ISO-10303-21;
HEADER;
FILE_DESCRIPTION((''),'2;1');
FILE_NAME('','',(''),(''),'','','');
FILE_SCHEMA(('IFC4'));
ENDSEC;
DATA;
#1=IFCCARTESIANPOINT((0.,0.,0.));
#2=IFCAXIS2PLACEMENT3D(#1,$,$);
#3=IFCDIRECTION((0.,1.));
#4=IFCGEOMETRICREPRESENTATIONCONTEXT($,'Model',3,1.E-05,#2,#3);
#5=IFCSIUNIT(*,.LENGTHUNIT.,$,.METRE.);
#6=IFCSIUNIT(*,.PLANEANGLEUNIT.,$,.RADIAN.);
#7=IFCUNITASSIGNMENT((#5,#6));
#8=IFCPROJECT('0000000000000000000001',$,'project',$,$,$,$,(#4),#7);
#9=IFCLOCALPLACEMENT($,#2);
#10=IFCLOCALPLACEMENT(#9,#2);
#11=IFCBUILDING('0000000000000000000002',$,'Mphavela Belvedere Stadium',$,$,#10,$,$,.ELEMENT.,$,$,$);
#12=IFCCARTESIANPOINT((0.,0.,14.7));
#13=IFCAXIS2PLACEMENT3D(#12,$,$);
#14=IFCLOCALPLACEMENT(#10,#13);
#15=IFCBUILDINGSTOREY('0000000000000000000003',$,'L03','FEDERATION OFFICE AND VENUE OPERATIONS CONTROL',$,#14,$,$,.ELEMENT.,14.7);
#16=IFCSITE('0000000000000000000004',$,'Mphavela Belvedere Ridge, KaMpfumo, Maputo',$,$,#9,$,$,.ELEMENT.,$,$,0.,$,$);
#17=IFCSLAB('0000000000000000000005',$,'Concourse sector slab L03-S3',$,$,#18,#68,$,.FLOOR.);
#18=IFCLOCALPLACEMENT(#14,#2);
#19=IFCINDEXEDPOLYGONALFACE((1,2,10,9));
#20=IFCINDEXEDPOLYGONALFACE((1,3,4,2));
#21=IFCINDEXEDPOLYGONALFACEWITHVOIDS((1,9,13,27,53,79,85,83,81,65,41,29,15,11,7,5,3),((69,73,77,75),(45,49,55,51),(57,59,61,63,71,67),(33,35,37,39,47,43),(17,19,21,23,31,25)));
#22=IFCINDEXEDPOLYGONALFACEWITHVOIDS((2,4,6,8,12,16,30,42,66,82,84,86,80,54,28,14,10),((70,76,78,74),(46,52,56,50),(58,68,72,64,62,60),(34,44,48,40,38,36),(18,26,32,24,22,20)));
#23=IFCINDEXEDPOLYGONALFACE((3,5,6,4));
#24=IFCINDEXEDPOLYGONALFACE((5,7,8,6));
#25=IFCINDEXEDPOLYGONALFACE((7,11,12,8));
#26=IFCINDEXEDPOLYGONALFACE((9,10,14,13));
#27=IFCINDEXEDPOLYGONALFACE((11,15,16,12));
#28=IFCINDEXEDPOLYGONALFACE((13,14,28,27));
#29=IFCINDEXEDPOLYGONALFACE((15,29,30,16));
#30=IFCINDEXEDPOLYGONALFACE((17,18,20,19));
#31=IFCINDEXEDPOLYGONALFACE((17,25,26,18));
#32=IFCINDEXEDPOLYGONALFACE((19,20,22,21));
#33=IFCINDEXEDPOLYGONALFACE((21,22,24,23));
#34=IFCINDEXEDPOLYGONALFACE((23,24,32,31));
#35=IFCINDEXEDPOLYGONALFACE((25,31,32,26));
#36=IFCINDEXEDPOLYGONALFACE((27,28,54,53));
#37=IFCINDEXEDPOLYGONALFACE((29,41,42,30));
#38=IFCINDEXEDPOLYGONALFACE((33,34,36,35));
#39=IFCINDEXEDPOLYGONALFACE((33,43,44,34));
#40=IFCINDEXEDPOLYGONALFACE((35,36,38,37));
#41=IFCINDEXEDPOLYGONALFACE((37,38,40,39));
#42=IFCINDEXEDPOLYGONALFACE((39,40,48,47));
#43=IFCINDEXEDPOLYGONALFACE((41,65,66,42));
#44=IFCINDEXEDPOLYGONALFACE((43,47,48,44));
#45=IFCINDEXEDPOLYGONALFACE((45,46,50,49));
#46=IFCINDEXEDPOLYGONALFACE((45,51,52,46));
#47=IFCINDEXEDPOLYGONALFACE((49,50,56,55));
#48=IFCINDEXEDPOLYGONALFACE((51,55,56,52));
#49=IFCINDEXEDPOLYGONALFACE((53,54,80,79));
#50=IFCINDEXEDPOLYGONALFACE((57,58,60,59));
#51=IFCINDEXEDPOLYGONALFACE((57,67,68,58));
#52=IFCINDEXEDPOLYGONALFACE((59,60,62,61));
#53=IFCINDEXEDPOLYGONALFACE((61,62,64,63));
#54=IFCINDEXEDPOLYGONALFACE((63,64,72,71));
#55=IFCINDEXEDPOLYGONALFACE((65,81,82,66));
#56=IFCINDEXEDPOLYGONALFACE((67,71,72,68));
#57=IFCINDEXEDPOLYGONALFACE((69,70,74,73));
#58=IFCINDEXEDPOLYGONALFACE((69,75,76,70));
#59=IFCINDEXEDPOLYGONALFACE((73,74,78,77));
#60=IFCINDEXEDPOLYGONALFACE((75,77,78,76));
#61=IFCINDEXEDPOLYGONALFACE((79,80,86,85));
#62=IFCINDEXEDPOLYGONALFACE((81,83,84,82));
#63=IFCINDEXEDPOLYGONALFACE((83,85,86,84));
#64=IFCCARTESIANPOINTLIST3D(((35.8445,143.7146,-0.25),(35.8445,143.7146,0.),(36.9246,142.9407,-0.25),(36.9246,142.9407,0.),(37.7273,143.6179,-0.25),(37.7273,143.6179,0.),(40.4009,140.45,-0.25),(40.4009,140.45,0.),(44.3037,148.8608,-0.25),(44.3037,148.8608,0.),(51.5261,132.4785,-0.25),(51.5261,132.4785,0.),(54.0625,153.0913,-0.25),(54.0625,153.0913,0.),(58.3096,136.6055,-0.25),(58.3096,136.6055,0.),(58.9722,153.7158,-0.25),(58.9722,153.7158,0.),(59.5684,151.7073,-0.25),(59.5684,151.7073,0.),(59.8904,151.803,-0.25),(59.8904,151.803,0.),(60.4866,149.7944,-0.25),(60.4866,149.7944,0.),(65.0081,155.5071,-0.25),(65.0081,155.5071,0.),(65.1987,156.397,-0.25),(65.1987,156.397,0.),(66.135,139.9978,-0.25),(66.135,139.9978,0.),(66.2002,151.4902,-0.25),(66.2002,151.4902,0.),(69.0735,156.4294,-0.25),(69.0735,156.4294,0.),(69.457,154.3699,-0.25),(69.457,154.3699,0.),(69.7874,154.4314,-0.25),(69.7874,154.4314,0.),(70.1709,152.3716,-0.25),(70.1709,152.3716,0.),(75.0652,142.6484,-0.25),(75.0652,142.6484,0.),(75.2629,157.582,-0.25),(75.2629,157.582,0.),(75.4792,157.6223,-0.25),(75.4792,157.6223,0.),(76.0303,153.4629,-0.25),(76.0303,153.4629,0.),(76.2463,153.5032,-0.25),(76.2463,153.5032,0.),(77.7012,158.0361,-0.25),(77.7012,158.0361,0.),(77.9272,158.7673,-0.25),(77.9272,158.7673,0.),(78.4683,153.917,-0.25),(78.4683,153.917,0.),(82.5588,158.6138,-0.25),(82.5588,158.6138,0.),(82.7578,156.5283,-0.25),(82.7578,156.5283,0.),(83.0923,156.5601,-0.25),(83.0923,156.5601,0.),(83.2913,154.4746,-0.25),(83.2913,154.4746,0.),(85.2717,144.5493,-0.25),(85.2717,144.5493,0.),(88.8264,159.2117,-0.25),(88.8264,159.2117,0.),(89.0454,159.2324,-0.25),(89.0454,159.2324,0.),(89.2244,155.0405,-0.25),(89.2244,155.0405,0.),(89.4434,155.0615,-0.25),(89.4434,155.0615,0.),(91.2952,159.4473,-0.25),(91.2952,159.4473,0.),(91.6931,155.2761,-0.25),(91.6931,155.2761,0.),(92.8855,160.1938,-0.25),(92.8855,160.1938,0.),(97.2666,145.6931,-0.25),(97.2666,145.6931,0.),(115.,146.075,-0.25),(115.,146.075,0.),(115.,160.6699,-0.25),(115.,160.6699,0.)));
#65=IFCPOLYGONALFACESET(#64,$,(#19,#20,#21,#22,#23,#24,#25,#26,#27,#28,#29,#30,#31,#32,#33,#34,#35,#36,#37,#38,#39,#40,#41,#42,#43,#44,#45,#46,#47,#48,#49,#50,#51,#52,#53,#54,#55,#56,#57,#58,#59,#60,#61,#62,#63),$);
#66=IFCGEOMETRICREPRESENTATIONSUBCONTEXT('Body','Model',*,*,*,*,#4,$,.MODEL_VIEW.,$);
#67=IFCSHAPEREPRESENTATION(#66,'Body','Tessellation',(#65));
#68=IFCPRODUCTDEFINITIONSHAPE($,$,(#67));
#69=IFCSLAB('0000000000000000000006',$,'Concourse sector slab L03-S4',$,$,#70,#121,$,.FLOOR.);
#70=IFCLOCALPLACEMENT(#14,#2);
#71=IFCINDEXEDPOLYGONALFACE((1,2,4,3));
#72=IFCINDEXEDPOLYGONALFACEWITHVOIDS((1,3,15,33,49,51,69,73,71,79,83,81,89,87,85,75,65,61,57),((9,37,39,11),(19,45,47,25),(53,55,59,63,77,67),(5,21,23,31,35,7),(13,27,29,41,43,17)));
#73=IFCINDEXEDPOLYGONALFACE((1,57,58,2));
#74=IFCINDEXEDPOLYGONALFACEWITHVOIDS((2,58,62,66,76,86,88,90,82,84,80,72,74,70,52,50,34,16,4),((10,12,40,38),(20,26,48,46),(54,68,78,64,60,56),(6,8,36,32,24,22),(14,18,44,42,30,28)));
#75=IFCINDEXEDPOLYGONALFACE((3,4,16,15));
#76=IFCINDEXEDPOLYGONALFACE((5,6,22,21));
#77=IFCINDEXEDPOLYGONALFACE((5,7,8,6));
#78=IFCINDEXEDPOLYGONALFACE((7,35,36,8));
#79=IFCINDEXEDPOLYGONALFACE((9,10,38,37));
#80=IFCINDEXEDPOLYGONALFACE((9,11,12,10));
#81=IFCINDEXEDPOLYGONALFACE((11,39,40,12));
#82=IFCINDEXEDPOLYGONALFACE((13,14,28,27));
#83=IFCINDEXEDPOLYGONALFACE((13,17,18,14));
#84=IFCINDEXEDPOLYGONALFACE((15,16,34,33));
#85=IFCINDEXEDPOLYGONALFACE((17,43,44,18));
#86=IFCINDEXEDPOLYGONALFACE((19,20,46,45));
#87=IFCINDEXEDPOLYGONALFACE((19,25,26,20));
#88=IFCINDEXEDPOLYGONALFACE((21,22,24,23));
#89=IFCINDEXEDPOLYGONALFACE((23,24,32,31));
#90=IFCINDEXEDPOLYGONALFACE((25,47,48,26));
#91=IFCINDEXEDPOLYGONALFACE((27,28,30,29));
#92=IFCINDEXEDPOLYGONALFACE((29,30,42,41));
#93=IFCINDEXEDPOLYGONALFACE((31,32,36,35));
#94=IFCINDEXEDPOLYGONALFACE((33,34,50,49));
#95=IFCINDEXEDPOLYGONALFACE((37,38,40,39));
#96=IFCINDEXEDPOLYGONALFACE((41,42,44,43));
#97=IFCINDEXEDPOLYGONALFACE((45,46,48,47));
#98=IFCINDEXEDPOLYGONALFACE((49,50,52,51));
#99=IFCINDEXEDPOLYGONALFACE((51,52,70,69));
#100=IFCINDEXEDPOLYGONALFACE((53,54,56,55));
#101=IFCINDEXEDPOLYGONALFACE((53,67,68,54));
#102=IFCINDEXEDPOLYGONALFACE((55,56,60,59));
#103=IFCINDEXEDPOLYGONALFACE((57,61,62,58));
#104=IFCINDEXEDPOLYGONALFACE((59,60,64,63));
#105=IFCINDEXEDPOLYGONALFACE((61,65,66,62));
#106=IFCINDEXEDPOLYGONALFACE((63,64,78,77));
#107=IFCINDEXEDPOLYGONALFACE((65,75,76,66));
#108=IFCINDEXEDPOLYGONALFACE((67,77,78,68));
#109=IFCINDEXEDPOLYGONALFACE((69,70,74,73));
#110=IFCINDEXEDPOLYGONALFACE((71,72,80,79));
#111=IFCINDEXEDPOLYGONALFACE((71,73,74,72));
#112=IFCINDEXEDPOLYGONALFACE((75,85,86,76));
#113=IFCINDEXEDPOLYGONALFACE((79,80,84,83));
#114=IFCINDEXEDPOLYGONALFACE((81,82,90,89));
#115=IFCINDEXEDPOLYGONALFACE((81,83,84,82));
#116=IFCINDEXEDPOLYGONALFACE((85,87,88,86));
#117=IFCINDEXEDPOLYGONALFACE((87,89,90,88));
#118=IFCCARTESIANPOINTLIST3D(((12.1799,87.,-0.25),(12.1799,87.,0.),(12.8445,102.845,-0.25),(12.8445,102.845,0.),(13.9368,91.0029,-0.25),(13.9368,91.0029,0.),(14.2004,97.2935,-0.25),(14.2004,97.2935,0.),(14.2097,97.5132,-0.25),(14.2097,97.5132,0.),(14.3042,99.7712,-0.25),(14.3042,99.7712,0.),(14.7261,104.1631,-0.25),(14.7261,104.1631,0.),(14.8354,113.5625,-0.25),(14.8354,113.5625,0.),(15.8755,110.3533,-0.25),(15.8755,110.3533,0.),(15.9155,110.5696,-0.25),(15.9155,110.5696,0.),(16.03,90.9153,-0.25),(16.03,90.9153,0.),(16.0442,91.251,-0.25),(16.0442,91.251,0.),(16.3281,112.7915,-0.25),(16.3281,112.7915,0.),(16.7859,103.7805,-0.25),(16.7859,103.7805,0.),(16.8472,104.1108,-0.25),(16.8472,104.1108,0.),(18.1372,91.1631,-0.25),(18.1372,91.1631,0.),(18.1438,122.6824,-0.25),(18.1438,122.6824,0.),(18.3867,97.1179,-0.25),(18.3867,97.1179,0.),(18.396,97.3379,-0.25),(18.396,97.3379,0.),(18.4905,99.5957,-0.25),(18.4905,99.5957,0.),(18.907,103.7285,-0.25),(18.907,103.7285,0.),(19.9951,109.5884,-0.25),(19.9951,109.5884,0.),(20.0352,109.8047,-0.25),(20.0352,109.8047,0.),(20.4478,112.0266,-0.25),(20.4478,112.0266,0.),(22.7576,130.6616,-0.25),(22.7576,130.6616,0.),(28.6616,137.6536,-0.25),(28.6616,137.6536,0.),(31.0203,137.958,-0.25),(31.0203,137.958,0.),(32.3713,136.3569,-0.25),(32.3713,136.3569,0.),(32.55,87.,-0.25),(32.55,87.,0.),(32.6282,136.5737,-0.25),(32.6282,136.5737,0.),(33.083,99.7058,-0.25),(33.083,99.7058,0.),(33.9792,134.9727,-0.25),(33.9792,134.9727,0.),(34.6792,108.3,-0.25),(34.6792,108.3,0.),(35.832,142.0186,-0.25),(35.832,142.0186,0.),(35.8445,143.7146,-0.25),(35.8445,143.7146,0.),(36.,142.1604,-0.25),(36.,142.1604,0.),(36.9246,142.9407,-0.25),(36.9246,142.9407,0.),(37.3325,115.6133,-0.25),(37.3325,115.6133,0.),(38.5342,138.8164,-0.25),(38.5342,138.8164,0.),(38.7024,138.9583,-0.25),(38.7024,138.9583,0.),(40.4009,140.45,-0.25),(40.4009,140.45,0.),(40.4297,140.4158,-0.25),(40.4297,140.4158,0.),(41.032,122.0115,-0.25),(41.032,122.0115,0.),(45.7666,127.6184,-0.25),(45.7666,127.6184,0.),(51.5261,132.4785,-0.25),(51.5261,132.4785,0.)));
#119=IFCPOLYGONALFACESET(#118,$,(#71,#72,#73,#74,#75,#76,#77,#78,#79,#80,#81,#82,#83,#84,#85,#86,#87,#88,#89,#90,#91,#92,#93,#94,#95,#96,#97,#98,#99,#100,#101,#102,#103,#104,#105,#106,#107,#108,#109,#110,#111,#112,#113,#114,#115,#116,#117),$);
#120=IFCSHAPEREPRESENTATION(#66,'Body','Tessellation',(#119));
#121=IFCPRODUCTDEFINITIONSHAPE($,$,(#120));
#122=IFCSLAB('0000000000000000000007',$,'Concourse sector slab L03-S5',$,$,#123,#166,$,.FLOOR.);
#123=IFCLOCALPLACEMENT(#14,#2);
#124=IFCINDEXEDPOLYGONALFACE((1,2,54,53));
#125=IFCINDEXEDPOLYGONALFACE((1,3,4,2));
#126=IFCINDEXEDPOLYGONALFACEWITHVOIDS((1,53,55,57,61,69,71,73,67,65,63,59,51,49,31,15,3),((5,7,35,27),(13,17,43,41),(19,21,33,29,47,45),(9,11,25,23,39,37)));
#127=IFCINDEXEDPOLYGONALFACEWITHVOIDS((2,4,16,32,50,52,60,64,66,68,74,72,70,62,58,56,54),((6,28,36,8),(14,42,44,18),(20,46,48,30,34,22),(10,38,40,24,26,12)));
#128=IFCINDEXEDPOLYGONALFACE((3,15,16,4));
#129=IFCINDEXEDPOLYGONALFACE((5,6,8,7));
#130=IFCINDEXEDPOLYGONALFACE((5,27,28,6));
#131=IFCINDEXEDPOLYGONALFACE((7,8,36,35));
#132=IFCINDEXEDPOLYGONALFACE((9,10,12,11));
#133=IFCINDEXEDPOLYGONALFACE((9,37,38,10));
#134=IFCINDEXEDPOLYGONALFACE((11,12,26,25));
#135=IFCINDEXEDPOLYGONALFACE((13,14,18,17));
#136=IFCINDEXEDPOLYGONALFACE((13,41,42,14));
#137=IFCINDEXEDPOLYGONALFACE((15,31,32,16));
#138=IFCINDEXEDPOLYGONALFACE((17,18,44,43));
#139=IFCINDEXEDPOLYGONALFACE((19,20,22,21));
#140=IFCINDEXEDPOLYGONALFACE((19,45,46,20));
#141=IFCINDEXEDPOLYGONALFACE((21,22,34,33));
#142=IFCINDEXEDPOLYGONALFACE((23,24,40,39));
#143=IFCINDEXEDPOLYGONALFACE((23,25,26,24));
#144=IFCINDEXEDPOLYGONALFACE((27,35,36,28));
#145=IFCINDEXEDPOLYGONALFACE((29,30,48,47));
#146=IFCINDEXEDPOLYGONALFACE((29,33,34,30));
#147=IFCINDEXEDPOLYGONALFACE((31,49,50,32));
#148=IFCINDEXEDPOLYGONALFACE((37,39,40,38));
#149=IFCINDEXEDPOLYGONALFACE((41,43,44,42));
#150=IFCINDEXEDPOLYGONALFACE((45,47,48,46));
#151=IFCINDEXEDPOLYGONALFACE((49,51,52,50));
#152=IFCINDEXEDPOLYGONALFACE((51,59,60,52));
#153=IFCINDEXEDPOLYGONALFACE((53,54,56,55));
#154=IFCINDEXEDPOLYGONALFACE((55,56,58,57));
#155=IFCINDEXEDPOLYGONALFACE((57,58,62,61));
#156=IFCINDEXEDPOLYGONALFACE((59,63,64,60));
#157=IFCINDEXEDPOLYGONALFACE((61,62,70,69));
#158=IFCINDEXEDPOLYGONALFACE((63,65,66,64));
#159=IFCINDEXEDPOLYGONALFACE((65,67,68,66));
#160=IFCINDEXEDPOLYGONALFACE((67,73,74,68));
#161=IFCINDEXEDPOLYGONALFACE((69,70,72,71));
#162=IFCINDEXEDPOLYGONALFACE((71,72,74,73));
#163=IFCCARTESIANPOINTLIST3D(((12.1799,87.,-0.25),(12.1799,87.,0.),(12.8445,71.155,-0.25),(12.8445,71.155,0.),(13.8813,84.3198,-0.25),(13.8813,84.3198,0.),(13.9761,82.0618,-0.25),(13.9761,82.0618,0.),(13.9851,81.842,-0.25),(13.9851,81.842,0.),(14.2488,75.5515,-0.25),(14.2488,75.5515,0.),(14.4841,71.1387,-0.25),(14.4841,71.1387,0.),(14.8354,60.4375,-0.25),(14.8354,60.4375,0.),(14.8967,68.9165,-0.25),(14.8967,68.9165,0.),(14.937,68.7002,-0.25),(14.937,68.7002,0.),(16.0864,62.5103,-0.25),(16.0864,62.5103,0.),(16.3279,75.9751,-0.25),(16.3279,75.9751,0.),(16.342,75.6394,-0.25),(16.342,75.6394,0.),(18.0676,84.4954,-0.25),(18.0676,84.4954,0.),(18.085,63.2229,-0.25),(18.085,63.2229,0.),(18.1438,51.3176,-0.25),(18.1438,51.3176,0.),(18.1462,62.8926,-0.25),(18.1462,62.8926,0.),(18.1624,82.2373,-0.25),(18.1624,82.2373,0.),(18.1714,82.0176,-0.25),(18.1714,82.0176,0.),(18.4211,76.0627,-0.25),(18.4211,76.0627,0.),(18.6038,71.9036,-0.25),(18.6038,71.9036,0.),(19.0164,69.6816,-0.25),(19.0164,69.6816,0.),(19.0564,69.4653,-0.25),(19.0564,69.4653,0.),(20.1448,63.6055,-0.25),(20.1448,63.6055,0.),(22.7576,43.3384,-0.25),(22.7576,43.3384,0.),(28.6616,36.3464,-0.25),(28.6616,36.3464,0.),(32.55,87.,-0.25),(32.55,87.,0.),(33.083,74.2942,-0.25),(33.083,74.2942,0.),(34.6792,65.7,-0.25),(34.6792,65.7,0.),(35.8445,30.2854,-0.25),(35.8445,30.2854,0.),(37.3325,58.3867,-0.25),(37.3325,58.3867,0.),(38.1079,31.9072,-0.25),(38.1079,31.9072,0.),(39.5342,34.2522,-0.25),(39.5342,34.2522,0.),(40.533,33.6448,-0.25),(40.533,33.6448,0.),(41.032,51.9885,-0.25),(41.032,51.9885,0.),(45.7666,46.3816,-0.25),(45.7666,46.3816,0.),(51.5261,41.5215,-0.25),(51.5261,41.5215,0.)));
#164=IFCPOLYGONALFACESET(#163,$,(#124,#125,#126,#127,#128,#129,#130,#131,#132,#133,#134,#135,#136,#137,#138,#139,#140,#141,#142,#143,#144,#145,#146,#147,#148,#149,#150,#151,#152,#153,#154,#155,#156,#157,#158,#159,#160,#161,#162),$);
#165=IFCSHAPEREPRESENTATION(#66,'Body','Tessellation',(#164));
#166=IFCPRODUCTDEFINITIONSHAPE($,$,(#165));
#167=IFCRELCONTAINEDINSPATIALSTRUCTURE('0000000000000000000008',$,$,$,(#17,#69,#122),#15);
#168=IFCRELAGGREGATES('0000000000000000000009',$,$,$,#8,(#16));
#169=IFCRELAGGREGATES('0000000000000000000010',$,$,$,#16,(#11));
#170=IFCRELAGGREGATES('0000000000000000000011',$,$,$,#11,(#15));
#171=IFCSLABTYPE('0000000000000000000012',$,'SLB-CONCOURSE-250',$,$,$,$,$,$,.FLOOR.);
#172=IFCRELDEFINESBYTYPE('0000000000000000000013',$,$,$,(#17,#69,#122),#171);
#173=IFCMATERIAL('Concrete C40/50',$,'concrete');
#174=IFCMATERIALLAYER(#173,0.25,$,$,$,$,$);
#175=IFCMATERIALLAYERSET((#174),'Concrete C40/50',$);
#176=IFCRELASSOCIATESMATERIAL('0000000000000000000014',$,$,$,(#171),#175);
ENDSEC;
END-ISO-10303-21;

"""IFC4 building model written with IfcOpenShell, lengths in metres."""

from ifc_helpers import new_model, si_unit, direction, frame, origin, place, context, subcontext, project, spatial, polyline, outline, extrude, material, layer, layer_set, type_object, element, save


model = new_model("IFC4")

# Units and contexts
model_context = context("Model", 3, precision=1e-05, world=origin(), true_north=direction((0.0, 1.0)))
body_context = subcontext(model_context, "Body", "Model", "MODEL_VIEW")
ifc_project = project(units=[si_unit("LENGTHUNIT", "METRE"), si_unit("PLANEANGLEUNIT", "RADIAN")], contexts=[model_context])

# Site, building, storey
site_placement = place(None, origin())
site = spatial("IfcSite", under=ifc_project, at=site_placement, Name="Mphavela Belvedere Ridge, KaMpfumo, Maputo", CompositionType="ELEMENT", RefElevation=0.0)
building_placement = place(site_placement, origin())
building = spatial("IfcBuilding", under=site, at=building_placement, Name="Mphavela Belvedere Stadium", CompositionType="ELEMENT")
storey_placement = place(building_placement, frame((0.0, 0.0, 14.7)))
storey = spatial("IfcBuildingStorey", under=building, at=storey_placement, Name="L03", Description="FEDERATION OFFICE AND VENUE OPERATIONS CONTROL", CompositionType="ELEMENT", Elevation=14.7)

# Slabs
ifc_material_1 = material(Name="Concrete C40/50", Category="concrete")
ifc_layer_1 = layer(ifc_material_1, 0.25)
ifc_layer_set_1 = layer_set([ifc_layer_1], Name="Concrete C40/50")
slab_type_1 = type_object("IfcSlabType", Name="SLB-CONCOURSE-250", PredefinedType="FLOOR", material=ifc_layer_set_1)
slab_1_placement = place(storey_placement, frame((0.0, 0.0, -0.25)))
element("IfcSlab", 1, at=slab_1_placement, inside=storey, type_object=slab_type_1, Name="Concourse sector slab L03-S3", PredefinedType="FLOOR", context=body_context, shape_type="SweptSolid", body=[
    extrude(outline(polyline([(77.9272, 158.7673), (92.8855, 160.1938), (115.0, 160.6699), (115.0, 146.075), (97.2666, 145.6931), (85.2717, 144.5493), (75.0652, 142.6484), (66.135, 139.9978), (58.3096, 136.6055), (51.5261, 132.4785), (40.4009, 140.45), (37.7273, 143.6179), (36.9246, 142.9407), (35.8445, 143.7146), (44.3037, 148.8608), (54.0625, 153.0913), (65.1987, 156.397), (77.9272, 158.7673)]), holes=[polyline([(70.1709, 152.3716), (76.0303, 153.4629), (75.2629, 157.582), (69.0735, 156.4294), (69.457, 154.3699), (69.7874, 154.4314), (70.1709, 152.3716)]), polyline([(77.7012, 158.0361), (75.4792, 157.6223), (76.2463, 153.5032), (78.4683, 153.917), (77.7012, 158.0361)]), polyline([(82.7578, 156.5283), (83.0923, 156.5601), (83.2913, 154.4746), (89.2244, 155.0405), (88.8264, 159.2117), (82.5588, 158.6138), (82.7578, 156.5283)]), polyline([(89.4434, 155.0615), (91.6931, 155.2761), (91.2952, 159.4473), (89.0454, 159.2324), (89.4434, 155.0615)]), polyline([(66.2002, 151.4902), (65.0081, 155.5071), (58.9722, 153.7158), (59.5684, 151.7073), (59.8904, 151.803), (60.4866, 149.7944), (66.2002, 151.4902)])]), origin(), (0.0, 0.0, 1.0), 0.25),
])
slab_2_placement = place(storey_placement, frame((0.0, 0.0, -0.25)))
element("IfcSlab", 2, at=slab_2_placement, inside=storey, type_object=slab_type_1, Name="Concourse sector slab L03-S4", PredefinedType="FLOOR", context=body_context, shape_type="SweptSolid", body=[
    extrude(outline(polyline([(22.7576, 130.6616), (28.6616, 137.6536), (35.8445, 143.7146), (36.9246, 142.9407), (36.0, 142.1604), (38.7024, 138.9583), (40.4297, 140.4158), (40.4009, 140.45), (51.5261, 132.4785), (45.7666, 127.6184), (41.032, 122.0115), (37.3325, 115.6133), (34.6792, 108.3), (33.083, 99.7058), (32.55, 87.0), (12.1799, 87.0), (12.8445, 102.845), (14.8354, 113.5625), (18.1438, 122.6824), (22.7576, 130.6616)]), holes=[polyline([(33.9792, 134.9727), (38.5342, 138.8164), (35.832, 142.0186), (31.0203, 137.958), (32.3713, 136.3569), (32.6282, 136.5737), (33.9792, 134.9727)]), polyline([(16.7859, 103.7805), (16.8472, 104.1108), (18.907, 103.7285), (19.9951, 109.5884), (15.8755, 110.3533), (14.7261, 104.1631), (16.7859, 103.7805)]), polyline([(20.0352, 109.8047), (20.4478, 112.0266), (16.3281, 112.7915), (15.9155, 110.5696), (20.0352, 109.8047)]), polyline([(14.2004, 97.2935), (13.9368, 91.0029), (16.03, 90.9153), (16.0442, 91.251), (18.1372, 91.1631), (18.3867, 97.1179), (14.2004, 97.2935)]), polyline([(14.3042, 99.7712), (14.2097, 97.5132), (18.396, 97.3379), (18.4905, 99.5957), (14.3042, 99.7712)])]), origin(), (0.0, 0.0, 1.0), 0.25),
])
slab_3_placement = place(storey_placement, frame((0.0, 0.0, -0.25)))
element("IfcSlab", 3, at=slab_3_placement, inside=storey, type_object=slab_type_1, Name="Concourse sector slab L03-S5", PredefinedType="FLOOR", context=body_context, shape_type="SweptSolid", body=[
    extrude(outline(polyline([(18.1438, 51.3176), (14.8354, 60.4375), (12.8445, 71.155), (12.1799, 87.0), (32.55, 87.0), (33.083, 74.2942), (34.6792, 65.7), (37.3325, 58.3867), (41.032, 51.9885), (45.7666, 46.3816), (51.5261, 41.5215), (40.533, 33.6448), (39.5342, 34.2522), (38.1079, 31.9072), (35.8445, 30.2854), (28.6616, 36.3464), (22.7576, 43.3384), (18.1438, 51.3176)]), holes=[polyline([(16.3279, 75.9751), (18.4211, 76.0627), (18.1714, 82.0176), (13.9851, 81.842), (14.2488, 75.5515), (16.342, 75.6394), (16.3279, 75.9751)]), polyline([(18.0676, 84.4954), (13.8813, 84.3198), (13.9761, 82.0618), (18.1624, 82.2373), (18.0676, 84.4954)]), polyline([(16.0864, 62.5103), (18.1462, 62.8926), (18.085, 63.2229), (20.1448, 63.6055), (19.0564, 69.4653), (14.937, 68.7002), (16.0864, 62.5103)]), polyline([(14.8967, 68.9165), (19.0164, 69.6816), (18.6038, 71.9036), (14.4841, 71.1387), (14.8967, 68.9165)])]), origin(), (0.0, 0.0, 1.0), 0.25),
])

save(model, "model.ifc")
